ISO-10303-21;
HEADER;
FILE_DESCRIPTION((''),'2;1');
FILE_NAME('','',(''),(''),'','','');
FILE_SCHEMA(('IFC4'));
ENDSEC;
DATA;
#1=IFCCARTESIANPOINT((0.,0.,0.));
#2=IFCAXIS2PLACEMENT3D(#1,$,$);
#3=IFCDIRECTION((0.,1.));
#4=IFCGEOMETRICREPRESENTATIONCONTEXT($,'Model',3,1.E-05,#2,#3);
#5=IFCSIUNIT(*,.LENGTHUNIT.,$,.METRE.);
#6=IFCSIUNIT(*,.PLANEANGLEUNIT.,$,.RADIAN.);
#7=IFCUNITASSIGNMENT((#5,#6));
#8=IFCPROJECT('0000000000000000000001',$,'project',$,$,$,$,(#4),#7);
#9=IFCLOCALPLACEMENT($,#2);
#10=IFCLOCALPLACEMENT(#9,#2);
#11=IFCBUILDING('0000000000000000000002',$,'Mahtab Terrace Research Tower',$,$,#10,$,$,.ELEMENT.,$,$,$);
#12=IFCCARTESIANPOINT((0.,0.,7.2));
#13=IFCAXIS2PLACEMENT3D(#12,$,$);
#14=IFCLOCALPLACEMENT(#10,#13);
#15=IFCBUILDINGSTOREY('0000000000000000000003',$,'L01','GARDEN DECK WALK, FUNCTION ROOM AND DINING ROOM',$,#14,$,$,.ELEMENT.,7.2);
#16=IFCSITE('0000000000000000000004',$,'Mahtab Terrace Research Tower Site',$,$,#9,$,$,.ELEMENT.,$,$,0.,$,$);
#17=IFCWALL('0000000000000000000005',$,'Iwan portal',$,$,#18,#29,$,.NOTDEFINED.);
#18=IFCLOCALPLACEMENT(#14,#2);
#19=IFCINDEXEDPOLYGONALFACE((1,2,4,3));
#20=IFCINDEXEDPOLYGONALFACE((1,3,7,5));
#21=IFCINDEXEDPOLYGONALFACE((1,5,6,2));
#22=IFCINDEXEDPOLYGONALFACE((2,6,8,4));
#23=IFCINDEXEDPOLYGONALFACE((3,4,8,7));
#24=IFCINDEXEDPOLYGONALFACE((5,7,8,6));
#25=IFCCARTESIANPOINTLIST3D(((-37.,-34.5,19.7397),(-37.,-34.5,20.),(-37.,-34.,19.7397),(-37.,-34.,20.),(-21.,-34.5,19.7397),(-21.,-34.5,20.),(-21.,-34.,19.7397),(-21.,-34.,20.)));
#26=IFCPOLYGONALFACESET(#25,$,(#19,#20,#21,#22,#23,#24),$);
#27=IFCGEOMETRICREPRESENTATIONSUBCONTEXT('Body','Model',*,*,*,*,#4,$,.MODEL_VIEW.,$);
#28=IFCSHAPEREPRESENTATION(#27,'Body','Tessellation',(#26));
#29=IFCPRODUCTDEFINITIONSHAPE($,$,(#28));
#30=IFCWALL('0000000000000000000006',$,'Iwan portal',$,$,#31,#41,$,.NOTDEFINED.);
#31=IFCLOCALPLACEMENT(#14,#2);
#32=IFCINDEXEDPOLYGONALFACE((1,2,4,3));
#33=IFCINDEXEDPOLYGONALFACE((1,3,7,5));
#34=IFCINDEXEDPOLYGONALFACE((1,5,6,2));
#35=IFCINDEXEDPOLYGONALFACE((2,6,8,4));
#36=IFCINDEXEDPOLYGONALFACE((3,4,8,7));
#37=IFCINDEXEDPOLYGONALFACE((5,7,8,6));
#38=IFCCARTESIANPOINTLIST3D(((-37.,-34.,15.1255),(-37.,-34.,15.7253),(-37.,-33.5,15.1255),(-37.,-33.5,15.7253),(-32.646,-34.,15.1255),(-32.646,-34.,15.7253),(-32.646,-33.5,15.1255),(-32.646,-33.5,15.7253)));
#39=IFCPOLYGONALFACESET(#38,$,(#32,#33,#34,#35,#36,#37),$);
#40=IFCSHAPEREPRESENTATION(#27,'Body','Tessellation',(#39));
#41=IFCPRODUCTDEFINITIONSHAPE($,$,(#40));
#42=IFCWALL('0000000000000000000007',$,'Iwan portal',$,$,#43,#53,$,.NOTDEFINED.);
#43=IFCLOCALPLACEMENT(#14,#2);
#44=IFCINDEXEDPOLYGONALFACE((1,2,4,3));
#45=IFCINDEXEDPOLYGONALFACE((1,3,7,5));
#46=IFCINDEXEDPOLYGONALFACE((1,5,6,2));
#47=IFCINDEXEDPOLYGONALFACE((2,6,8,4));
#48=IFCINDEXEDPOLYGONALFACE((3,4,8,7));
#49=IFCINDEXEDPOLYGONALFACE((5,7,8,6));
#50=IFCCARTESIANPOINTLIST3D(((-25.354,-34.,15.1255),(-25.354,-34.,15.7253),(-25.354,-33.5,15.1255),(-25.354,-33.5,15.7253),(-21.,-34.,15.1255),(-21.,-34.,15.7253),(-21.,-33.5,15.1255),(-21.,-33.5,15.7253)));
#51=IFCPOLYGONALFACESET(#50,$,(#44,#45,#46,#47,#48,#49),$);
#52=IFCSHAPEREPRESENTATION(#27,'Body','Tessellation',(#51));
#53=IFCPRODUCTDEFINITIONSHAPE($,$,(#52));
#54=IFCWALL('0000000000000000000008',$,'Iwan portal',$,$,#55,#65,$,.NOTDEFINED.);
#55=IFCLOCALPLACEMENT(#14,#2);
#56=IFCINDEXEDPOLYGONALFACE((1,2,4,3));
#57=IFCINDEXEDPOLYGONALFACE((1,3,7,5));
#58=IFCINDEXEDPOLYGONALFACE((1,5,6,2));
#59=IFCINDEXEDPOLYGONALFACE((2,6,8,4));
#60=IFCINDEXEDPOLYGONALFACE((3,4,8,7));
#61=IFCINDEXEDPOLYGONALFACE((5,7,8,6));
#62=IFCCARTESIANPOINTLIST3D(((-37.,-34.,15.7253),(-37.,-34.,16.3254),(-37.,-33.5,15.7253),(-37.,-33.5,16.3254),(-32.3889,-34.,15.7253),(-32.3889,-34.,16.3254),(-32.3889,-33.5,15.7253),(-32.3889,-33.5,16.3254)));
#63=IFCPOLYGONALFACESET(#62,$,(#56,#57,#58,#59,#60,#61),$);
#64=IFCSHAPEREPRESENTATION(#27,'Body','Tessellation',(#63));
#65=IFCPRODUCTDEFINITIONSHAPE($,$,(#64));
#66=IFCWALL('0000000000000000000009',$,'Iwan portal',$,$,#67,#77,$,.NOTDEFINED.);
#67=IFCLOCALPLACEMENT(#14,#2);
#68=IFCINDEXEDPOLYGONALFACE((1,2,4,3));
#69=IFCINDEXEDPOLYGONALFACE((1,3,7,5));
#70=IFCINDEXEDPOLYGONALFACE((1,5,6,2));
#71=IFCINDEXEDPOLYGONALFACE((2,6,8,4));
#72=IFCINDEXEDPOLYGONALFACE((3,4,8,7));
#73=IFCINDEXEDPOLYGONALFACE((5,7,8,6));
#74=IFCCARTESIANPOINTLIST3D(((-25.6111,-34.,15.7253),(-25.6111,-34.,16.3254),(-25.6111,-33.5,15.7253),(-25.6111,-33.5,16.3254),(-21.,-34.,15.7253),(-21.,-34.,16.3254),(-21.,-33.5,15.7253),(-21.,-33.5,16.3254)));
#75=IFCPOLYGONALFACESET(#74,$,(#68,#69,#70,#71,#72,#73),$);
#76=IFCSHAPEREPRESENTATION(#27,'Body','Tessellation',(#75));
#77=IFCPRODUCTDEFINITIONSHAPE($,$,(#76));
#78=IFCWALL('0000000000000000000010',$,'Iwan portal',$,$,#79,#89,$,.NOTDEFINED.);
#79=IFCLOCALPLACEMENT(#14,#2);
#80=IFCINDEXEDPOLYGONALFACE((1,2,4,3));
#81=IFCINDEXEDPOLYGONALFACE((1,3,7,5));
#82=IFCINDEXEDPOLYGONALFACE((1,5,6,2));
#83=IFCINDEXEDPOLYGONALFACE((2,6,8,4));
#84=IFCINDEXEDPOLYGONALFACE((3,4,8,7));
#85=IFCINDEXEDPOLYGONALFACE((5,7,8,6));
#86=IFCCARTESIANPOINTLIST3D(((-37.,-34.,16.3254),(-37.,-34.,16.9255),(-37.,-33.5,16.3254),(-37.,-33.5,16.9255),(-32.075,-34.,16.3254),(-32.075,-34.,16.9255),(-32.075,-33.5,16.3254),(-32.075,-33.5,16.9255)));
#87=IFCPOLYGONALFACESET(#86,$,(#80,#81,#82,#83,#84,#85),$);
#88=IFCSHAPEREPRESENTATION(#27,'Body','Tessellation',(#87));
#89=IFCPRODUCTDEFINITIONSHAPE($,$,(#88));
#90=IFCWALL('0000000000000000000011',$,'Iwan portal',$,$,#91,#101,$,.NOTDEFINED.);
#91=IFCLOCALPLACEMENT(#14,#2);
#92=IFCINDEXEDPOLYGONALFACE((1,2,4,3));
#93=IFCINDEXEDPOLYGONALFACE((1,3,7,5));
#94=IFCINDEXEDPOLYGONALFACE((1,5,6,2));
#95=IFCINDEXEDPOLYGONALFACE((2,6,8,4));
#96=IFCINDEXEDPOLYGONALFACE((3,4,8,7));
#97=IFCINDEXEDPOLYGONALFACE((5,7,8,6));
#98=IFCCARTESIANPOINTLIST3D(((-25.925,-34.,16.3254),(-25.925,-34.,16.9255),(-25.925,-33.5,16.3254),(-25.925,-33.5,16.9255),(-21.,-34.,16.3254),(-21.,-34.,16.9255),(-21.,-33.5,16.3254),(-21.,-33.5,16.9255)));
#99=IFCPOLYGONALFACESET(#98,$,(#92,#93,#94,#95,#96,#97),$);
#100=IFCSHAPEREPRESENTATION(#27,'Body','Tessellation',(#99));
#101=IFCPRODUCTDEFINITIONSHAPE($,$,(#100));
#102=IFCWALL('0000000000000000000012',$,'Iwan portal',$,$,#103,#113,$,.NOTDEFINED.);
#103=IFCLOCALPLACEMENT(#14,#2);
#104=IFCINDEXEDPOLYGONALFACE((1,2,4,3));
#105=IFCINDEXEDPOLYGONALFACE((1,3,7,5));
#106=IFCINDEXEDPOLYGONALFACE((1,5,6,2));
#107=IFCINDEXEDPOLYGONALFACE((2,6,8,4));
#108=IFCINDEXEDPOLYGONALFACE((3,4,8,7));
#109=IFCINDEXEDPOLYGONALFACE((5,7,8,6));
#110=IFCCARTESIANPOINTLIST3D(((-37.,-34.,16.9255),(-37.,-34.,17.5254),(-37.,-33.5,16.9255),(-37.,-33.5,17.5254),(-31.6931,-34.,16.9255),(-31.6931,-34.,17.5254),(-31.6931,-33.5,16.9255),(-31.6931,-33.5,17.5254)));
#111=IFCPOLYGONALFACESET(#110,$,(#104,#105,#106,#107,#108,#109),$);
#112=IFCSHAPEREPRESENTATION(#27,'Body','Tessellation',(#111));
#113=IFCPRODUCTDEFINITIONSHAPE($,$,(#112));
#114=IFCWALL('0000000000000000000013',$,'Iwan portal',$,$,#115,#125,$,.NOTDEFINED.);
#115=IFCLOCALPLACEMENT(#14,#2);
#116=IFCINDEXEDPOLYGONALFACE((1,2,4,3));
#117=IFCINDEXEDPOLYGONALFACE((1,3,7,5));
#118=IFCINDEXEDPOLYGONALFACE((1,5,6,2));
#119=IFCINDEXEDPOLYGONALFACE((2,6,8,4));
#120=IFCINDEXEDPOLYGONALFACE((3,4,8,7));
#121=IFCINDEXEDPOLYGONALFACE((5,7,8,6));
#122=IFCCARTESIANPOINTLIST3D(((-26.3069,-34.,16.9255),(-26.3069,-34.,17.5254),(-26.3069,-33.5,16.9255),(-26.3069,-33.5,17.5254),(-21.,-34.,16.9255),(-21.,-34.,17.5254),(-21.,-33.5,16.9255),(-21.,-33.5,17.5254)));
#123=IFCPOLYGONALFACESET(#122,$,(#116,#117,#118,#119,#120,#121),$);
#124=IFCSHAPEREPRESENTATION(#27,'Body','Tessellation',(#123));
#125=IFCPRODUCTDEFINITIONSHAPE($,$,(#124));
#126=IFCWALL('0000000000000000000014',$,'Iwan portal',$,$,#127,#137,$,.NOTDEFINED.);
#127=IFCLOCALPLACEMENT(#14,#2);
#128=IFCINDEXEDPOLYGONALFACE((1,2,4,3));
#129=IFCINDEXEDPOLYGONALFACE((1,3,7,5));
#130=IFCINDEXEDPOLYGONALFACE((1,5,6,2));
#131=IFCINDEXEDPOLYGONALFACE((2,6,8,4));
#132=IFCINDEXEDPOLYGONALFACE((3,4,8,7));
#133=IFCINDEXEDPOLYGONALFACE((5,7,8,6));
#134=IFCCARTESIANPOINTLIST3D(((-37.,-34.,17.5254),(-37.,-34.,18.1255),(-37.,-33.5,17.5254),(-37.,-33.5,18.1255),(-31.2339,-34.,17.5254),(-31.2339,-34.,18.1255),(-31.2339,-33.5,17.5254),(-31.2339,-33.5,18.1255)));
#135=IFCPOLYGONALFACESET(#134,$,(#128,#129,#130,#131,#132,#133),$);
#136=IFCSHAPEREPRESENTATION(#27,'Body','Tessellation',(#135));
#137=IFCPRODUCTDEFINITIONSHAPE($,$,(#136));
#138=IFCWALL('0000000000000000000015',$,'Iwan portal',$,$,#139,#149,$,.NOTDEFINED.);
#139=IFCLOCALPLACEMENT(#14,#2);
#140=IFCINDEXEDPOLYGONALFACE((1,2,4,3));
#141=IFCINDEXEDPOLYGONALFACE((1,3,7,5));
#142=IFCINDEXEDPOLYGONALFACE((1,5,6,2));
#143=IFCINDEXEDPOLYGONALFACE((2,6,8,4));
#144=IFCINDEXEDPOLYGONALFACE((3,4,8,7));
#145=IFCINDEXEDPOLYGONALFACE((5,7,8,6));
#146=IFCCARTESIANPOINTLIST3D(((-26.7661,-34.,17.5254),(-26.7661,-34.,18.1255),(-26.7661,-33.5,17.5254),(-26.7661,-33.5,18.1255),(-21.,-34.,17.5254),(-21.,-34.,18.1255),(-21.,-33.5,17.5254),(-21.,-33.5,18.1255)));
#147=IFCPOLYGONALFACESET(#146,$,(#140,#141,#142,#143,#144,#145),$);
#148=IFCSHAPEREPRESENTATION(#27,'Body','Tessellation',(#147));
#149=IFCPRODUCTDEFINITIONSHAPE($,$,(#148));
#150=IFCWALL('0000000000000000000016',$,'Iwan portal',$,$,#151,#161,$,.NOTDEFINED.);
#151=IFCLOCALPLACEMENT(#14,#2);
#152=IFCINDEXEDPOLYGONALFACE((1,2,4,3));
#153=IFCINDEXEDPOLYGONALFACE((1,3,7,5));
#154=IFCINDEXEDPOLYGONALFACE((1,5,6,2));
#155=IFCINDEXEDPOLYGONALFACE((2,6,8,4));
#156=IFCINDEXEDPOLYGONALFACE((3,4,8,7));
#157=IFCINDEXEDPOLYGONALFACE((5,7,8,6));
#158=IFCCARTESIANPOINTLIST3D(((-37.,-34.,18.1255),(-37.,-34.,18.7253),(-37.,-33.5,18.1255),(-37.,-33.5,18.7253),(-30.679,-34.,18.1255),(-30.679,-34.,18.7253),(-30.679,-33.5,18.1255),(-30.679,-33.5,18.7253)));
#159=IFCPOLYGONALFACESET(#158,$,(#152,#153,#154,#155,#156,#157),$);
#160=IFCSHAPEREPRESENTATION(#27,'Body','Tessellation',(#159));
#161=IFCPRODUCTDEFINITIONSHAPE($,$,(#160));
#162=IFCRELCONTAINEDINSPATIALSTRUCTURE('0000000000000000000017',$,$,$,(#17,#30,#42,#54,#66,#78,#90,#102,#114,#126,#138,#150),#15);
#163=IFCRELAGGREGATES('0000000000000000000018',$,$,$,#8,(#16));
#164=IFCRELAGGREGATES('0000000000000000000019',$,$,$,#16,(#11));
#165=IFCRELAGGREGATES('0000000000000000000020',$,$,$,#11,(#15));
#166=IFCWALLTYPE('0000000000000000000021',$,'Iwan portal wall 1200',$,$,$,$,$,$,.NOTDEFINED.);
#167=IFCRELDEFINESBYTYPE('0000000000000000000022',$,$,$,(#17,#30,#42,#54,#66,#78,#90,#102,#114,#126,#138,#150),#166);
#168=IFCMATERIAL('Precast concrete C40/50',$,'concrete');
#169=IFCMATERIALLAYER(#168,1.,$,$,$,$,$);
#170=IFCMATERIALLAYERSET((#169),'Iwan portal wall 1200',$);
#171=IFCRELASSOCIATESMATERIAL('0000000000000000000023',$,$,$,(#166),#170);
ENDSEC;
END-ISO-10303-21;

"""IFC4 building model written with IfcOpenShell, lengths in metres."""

from ifc_helpers import new_model, si_unit, direction, frame, origin, place, context, subcontext, project, spatial, polyline, outline, extrude, material, layer, layer_set, type_object, element, save


model = new_model("IFC4")

# Units and contexts
model_context = context("Model", 3, precision=1e-05, world=origin(), true_north=direction((0.0, 1.0)))
body_context = subcontext(model_context, "Body", "Model", "MODEL_VIEW")
ifc_project = project(units=[si_unit("LENGTHUNIT", "METRE"), si_unit("PLANEANGLEUNIT", "RADIAN")], contexts=[model_context])

# Site, building, storey
site_placement = place(None, origin())
site = spatial("IfcSite", under=ifc_project, at=site_placement, Name="Mahtab Terrace Research Tower Site", CompositionType="ELEMENT", RefElevation=0.0)
building_placement = place(site_placement, origin())
building = spatial("IfcBuilding", under=site, at=building_placement, Name="Mahtab Terrace Research Tower", CompositionType="ELEMENT")
storey_placement = place(building_placement, frame((0.0, 0.0, 7.2)))
storey = spatial("IfcBuildingStorey", under=building, at=storey_placement, Name="L01", Description="GARDEN DECK WALK, FUNCTION ROOM AND DINING ROOM", CompositionType="ELEMENT", Elevation=7.2)

# Walls
ifc_material = material(Name="Precast concrete C40/50", Category="concrete")
ifc_layer = layer(ifc_material, 1.0)
ifc_layer_set = layer_set([ifc_layer], Name="Iwan portal wall 1200")
wall_type = type_object("IfcWallType", Name="Iwan portal wall 1200", PredefinedType="NOTDEFINED", material=ifc_layer_set)
wall_1_placement = place(storey_placement, frame((0.0, 0.0, 19.7397)))
element("IfcWall", 1, at=wall_1_placement, inside=storey, type_object=wall_type, Name="Iwan portal", PredefinedType="NOTDEFINED", context=body_context, shape_type="SweptSolid", body=[
    extrude(outline(polyline([(-37.0, -34.5), (-21.0, -34.5), (-21.0, -34.0), (-37.0, -34.0), (-37.0, -34.5)])), origin(), (0.0, 0.0, 1.0), 0.2603),
])
wall_2_placement = place(storey_placement, frame((0.0, 0.0, 15.1255)))
element("IfcWall", 2, at=wall_2_placement, inside=storey, type_object=wall_type, Name="Iwan portal", PredefinedType="NOTDEFINED", context=body_context, shape_type="SweptSolid", body=[
    extrude(outline(polyline([(-37.0, -34.0), (-32.646, -34.0), (-32.646, -33.5), (-37.0, -33.5), (-37.0, -34.0)])), origin(), (0.0, 0.0, 1.0), 0.5999),
])
wall_3_placement = place(storey_placement, frame((0.0, 0.0, 15.1255)))
element("IfcWall", 3, at=wall_3_placement, inside=storey, type_object=wall_type, Name="Iwan portal", PredefinedType="NOTDEFINED", context=body_context, shape_type="SweptSolid", body=[
    extrude(outline(polyline([(-25.354, -34.0), (-21.0, -34.0), (-21.0, -33.5), (-25.354, -33.5), (-25.354, -34.0)])), origin(), (0.0, 0.0, 1.0), 0.5999),
])
wall_4_placement = place(storey_placement, frame((0.0, 0.0, 15.7253)))
element("IfcWall", 4, at=wall_4_placement, inside=storey, type_object=wall_type, Name="Iwan portal", PredefinedType="NOTDEFINED", context=body_context, shape_type="SweptSolid", body=[
    extrude(outline(polyline([(-37.0, -34.0), (-32.3889, -34.0), (-32.3889, -33.5), (-37.0, -33.5), (-37.0, -34.0)])), origin(), (0.0, 0.0, 1.0), 0.6001),
])
wall_5_placement = place(storey_placement, frame((0.0, 0.0, 15.7253)))
element("IfcWall", 5, at=wall_5_placement, inside=storey, type_object=wall_type, Name="Iwan portal", PredefinedType="NOTDEFINED", context=body_context, shape_type="SweptSolid", body=[
    extrude(outline(polyline([(-25.6111, -34.0), (-21.0, -34.0), (-21.0, -33.5), (-25.6111, -33.5), (-25.6111, -34.0)])), origin(), (0.0, 0.0, 1.0), 0.6001),
])
wall_6_placement = place(storey_placement, frame((0.0, 0.0, 16.3254)))
element("IfcWall", 6, at=wall_6_placement, inside=storey, type_object=wall_type, Name="Iwan portal", PredefinedType="NOTDEFINED", context=body_context, shape_type="SweptSolid", body=[
    extrude(outline(polyline([(-37.0, -34.0), (-32.075, -34.0), (-32.075, -33.5), (-37.0, -33.5), (-37.0, -34.0)])), origin(), (0.0, 0.0, 1.0), 0.6001),
])
wall_7_placement = place(storey_placement, frame((0.0, 0.0, 16.3254)))
element("IfcWall", 7, at=wall_7_placement, inside=storey, type_object=wall_type, Name="Iwan portal", PredefinedType="NOTDEFINED", context=body_context, shape_type="SweptSolid", body=[
    extrude(outline(polyline([(-25.925, -34.0), (-21.0, -34.0), (-21.0, -33.5), (-25.925, -33.5), (-25.925, -34.0)])), origin(), (0.0, 0.0, 1.0), 0.6001),
])
wall_8_placement = place(storey_placement, frame((0.0, 0.0, 16.9255)))
element("IfcWall", 8, at=wall_8_placement, inside=storey, type_object=wall_type, Name="Iwan portal", PredefinedType="NOTDEFINED", context=body_context, shape_type="SweptSolid", body=[
    extrude(outline(polyline([(-37.0, -34.0), (-31.6931, -34.0), (-31.6931, -33.5), (-37.0, -33.5), (-37.0, -34.0)])), origin(), (0.0, 0.0, 1.0), 0.5999),
])
wall_9_placement = place(storey_placement, frame((0.0, 0.0, 16.9255)))
element("IfcWall", 9, at=wall_9_placement, inside=storey, type_object=wall_type, Name="Iwan portal", PredefinedType="NOTDEFINED", context=body_context, shape_type="SweptSolid", body=[
    extrude(outline(polyline([(-26.3069, -34.0), (-21.0, -34.0), (-21.0, -33.5), (-26.3069, -33.5), (-26.3069, -34.0)])), origin(), (0.0, 0.0, 1.0), 0.5999),
])
wall_10_placement = place(storey_placement, frame((0.0, 0.0, 17.5254)))
element("IfcWall", 10, at=wall_10_placement, inside=storey, type_object=wall_type, Name="Iwan portal", PredefinedType="NOTDEFINED", context=body_context, shape_type="SweptSolid", body=[
    extrude(outline(polyline([(-37.0, -34.0), (-31.2339, -34.0), (-31.2339, -33.5), (-37.0, -33.5), (-37.0, -34.0)])), origin(), (0.0, 0.0, 1.0), 0.6001),
])
wall_11_placement = place(storey_placement, frame((0.0, 0.0, 17.5254)))
element("IfcWall", 11, at=wall_11_placement, inside=storey, type_object=wall_type, Name="Iwan portal", PredefinedType="NOTDEFINED", context=body_context, shape_type="SweptSolid", body=[
    extrude(outline(polyline([(-26.7661, -34.0), (-21.0, -34.0), (-21.0, -33.5), (-26.7661, -33.5), (-26.7661, -34.0)])), origin(), (0.0, 0.0, 1.0), 0.6001),
])
wall_12_placement = place(storey_placement, frame((0.0, 0.0, 18.1255)))
element("IfcWall", 12, at=wall_12_placement, inside=storey, type_object=wall_type, Name="Iwan portal", PredefinedType="NOTDEFINED", context=body_context, shape_type="SweptSolid", body=[
    extrude(outline(polyline([(-37.0, -34.0), (-30.679, -34.0), (-30.679, -33.5), (-37.0, -33.5), (-37.0, -34.0)])), origin(), (0.0, 0.0, 1.0), 0.5999),
])

save(model, "model.ifc")
